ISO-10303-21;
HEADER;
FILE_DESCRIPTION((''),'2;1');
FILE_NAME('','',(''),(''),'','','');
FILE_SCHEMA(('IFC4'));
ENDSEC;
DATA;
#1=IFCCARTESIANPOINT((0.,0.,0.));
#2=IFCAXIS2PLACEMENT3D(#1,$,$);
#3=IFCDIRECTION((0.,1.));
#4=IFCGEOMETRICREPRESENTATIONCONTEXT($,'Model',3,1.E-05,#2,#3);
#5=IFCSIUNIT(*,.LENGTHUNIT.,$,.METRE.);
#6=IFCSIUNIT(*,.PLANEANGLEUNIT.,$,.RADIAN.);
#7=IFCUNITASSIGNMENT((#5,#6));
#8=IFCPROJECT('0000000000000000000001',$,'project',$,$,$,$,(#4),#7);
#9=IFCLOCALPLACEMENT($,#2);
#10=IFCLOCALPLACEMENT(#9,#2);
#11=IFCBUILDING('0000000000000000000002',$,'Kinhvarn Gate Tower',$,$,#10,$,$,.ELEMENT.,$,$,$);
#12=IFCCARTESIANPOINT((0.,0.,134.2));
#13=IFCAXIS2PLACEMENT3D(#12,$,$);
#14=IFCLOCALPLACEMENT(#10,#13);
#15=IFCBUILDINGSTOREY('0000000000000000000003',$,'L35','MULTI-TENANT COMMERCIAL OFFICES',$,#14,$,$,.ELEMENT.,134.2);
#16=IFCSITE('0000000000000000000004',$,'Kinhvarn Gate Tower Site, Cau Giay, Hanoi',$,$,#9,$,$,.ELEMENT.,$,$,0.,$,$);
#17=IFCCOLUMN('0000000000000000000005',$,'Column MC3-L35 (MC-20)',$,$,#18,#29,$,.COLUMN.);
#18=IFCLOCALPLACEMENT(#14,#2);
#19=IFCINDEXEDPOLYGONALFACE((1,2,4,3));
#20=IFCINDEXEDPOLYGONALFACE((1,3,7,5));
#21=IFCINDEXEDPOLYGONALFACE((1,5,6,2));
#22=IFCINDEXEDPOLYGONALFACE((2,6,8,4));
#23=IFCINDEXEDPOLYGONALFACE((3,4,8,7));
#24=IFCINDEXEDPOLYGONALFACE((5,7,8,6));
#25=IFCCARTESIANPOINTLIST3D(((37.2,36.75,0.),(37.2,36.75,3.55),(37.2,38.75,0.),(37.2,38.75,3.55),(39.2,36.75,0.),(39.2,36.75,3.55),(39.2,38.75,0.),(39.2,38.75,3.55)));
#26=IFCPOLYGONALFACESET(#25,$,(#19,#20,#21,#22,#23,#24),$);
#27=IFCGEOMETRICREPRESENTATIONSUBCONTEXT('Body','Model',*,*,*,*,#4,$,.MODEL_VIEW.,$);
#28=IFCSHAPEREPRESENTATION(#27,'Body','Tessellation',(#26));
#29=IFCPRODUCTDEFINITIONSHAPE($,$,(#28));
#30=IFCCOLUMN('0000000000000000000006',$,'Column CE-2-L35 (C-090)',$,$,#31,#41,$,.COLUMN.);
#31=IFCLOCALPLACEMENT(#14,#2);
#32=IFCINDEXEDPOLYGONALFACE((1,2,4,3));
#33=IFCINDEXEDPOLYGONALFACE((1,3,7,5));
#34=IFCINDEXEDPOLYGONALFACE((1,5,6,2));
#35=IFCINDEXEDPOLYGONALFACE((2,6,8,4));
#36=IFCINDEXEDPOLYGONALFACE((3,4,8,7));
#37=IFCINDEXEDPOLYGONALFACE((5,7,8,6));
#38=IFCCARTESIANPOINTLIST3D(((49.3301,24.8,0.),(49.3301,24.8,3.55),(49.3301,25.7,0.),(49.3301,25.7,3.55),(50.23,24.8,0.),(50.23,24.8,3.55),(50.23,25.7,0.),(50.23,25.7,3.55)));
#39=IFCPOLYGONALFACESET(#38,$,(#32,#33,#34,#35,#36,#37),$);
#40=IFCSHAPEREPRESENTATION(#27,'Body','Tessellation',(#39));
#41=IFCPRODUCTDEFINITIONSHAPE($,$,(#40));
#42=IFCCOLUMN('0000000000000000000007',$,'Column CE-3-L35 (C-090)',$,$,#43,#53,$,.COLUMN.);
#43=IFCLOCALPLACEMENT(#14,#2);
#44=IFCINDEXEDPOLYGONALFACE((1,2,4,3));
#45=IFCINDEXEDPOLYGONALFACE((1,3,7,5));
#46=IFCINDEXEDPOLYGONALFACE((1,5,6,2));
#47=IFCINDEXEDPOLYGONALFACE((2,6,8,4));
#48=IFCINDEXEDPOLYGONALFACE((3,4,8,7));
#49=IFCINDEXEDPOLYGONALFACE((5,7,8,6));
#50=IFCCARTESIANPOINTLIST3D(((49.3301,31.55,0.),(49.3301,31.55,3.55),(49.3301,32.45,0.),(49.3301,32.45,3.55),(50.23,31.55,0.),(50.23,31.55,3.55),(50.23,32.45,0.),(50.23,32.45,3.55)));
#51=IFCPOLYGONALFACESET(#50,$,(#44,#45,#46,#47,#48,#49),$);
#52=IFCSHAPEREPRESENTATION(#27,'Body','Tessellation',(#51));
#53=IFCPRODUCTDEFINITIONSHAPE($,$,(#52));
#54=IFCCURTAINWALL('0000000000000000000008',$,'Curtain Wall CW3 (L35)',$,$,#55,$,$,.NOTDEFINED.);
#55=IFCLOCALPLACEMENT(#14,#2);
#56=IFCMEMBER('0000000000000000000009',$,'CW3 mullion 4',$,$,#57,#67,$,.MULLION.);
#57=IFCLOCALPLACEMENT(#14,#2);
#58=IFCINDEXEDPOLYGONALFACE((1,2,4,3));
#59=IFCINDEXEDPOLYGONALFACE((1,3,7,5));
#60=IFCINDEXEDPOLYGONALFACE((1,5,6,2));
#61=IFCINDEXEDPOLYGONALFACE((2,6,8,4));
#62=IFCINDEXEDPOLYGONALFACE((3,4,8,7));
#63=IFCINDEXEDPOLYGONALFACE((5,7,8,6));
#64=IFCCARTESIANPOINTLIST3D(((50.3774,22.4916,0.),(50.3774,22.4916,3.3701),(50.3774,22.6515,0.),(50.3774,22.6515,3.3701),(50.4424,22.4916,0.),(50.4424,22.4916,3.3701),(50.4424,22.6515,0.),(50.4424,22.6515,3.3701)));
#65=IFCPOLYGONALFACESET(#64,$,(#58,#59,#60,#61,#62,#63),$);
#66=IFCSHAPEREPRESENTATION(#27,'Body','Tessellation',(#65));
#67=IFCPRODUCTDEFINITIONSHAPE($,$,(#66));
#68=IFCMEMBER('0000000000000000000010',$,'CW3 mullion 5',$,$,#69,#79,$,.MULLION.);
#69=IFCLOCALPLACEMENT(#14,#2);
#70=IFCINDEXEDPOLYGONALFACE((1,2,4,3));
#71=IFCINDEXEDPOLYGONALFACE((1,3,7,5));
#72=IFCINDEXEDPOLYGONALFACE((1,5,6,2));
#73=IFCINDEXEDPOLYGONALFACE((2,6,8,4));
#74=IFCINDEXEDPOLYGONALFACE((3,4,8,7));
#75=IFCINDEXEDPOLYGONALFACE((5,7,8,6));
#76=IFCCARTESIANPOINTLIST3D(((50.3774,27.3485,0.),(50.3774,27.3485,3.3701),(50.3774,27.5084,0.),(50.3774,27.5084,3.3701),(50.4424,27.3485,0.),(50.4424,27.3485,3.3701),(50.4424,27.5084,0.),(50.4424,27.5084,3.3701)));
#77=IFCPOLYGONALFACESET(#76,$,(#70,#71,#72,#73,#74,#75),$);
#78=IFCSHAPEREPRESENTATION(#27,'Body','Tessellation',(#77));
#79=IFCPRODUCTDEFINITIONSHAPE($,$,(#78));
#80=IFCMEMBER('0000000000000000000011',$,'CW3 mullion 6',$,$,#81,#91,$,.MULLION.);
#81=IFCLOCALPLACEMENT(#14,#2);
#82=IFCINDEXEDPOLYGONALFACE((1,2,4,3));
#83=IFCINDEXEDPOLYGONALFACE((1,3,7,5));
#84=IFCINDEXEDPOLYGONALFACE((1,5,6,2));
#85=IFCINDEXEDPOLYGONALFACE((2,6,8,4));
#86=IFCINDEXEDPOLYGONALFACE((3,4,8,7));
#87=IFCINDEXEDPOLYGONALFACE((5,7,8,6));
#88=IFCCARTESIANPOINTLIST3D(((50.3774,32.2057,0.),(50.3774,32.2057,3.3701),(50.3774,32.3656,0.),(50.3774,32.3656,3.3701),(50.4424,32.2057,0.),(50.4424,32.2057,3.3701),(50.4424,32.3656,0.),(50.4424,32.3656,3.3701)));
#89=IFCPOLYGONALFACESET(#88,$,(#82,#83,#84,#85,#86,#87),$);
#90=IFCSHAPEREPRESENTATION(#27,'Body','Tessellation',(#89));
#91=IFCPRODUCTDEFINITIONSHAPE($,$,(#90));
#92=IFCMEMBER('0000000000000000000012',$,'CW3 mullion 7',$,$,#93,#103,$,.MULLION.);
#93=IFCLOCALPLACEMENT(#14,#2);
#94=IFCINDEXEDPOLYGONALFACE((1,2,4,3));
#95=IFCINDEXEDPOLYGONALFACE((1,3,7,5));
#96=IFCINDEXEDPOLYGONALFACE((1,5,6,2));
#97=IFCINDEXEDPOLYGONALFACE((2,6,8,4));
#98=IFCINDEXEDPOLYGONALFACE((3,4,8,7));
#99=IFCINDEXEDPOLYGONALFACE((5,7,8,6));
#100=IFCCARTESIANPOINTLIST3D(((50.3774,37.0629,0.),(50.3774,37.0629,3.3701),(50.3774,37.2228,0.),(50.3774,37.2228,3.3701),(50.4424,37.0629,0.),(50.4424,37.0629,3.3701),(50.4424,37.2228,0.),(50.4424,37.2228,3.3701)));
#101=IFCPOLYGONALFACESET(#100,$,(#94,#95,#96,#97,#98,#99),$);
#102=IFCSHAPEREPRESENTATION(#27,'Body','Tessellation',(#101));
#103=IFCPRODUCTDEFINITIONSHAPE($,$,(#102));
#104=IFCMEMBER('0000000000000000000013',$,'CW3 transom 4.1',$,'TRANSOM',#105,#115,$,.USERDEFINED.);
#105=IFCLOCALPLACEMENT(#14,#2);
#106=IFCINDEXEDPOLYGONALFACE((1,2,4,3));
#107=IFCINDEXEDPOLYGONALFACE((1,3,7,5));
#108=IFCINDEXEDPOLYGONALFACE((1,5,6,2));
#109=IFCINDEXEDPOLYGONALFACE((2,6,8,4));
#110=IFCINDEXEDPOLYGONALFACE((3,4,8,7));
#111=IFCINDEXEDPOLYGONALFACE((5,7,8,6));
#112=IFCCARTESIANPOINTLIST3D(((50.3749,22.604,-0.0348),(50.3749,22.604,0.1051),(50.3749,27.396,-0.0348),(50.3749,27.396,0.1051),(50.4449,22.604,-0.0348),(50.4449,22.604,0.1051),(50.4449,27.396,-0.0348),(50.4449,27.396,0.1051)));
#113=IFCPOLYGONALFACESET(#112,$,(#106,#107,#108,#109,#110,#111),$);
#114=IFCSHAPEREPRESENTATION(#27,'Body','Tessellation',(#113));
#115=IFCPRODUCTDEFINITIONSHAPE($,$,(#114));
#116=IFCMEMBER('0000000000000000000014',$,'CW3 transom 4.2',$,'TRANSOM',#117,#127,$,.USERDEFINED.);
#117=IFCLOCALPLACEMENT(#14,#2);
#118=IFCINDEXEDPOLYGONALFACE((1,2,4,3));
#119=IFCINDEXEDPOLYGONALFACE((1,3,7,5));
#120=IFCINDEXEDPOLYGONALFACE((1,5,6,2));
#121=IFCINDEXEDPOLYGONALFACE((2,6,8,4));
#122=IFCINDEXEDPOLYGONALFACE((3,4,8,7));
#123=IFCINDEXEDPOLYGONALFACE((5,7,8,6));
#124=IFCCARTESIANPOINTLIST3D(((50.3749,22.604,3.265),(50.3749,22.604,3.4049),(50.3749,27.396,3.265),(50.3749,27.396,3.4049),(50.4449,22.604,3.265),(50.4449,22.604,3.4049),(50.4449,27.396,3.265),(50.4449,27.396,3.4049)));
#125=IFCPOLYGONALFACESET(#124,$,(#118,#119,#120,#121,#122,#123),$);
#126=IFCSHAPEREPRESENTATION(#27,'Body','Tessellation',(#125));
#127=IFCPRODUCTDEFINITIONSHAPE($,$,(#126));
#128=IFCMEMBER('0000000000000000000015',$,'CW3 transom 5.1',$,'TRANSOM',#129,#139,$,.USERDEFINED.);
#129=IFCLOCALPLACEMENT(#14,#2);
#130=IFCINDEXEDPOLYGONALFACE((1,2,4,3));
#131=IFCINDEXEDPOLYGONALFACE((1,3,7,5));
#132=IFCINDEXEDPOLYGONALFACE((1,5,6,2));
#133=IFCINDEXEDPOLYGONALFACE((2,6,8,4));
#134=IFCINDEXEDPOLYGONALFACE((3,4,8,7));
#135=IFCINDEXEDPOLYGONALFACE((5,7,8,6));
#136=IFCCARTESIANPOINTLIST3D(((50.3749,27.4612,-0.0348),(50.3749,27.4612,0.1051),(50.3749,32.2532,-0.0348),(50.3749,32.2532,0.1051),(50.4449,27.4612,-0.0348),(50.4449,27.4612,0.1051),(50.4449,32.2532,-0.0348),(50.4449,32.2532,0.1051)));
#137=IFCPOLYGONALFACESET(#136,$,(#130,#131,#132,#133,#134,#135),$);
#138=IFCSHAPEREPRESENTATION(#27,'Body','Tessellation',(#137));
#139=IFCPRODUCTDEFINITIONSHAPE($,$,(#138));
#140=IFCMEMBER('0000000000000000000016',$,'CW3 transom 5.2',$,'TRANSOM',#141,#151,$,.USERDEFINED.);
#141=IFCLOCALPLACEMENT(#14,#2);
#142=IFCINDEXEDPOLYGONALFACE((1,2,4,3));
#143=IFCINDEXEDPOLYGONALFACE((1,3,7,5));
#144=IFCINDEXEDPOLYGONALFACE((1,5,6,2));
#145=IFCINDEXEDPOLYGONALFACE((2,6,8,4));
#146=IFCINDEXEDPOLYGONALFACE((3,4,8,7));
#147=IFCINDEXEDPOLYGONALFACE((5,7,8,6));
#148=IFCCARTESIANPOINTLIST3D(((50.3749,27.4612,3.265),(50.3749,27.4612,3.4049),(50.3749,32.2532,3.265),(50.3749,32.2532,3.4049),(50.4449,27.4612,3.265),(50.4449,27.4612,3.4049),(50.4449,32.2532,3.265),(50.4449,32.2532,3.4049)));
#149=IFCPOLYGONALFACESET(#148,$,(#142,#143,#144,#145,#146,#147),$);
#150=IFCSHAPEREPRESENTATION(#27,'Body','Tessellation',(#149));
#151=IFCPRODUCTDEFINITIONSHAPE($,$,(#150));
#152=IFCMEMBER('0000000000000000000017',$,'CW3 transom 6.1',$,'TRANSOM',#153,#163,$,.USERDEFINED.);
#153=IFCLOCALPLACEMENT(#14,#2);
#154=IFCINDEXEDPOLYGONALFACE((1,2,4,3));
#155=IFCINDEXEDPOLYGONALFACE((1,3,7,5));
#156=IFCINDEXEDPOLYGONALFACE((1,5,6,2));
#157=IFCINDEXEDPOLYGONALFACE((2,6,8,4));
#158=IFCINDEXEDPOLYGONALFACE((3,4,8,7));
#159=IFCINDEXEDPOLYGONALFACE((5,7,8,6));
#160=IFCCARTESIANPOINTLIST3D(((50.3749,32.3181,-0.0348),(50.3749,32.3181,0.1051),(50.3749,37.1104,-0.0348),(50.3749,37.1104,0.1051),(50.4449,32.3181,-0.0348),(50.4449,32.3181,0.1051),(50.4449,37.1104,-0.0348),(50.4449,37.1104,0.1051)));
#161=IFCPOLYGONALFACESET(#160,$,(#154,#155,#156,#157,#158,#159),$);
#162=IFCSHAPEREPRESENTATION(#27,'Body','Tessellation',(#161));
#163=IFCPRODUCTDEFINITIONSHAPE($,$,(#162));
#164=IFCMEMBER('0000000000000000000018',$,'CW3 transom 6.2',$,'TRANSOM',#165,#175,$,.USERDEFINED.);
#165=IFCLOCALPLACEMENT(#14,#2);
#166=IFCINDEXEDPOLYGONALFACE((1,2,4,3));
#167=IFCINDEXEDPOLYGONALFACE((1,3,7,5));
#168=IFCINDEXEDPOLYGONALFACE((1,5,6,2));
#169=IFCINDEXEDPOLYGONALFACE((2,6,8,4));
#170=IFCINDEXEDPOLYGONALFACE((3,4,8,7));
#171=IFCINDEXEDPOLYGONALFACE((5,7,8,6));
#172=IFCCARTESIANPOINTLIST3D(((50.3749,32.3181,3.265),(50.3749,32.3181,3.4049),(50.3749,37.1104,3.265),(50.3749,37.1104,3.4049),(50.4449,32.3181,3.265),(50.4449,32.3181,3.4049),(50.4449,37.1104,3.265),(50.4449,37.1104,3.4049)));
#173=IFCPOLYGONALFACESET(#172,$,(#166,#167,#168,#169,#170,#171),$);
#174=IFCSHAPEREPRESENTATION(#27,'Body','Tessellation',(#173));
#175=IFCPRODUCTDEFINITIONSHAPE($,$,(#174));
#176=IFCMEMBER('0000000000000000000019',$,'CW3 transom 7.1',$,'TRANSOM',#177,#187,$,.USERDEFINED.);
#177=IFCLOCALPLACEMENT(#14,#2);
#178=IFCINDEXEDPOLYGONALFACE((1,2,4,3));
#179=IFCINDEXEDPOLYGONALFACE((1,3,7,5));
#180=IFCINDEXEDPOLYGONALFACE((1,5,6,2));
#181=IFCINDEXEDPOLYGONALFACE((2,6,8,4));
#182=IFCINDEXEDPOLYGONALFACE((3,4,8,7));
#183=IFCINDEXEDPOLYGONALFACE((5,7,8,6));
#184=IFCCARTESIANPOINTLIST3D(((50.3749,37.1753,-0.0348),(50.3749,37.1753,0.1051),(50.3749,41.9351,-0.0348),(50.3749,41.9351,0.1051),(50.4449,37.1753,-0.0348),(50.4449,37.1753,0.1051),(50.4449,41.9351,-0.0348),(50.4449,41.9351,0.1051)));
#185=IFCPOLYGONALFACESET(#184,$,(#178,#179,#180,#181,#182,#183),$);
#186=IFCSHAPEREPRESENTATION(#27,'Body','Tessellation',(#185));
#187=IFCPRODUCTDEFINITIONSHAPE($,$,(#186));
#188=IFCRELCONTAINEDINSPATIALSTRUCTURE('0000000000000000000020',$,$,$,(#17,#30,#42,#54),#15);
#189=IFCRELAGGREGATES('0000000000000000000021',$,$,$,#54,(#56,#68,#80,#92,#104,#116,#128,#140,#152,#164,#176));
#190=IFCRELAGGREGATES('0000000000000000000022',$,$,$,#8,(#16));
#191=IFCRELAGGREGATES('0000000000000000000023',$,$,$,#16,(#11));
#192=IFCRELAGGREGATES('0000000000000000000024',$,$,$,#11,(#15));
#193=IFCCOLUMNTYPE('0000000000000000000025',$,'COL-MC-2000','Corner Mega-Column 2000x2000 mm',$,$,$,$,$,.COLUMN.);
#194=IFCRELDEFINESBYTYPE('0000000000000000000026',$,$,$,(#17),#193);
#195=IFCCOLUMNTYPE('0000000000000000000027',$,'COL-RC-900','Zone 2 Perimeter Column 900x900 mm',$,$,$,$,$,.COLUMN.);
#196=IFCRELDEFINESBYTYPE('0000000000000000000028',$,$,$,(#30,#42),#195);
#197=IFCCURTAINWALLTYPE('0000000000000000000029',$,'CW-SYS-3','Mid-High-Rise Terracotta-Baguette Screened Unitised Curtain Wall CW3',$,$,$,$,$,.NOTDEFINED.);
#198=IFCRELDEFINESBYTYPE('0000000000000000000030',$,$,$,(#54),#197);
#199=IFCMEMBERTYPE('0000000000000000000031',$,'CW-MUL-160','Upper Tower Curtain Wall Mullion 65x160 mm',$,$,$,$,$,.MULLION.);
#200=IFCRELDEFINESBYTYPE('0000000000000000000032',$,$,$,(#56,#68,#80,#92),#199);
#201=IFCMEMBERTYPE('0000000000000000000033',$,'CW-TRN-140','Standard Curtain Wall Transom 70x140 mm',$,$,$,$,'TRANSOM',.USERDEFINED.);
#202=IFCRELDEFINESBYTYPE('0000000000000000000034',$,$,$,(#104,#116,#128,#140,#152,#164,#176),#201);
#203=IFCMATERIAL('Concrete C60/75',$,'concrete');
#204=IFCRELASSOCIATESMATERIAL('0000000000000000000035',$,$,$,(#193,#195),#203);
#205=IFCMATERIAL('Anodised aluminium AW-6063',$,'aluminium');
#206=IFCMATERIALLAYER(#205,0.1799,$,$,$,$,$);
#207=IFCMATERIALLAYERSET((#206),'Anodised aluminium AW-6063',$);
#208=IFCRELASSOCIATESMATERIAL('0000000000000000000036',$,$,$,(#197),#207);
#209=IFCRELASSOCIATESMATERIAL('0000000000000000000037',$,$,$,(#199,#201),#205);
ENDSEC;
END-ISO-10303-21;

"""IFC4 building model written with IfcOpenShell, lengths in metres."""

from ifc_helpers import new_model, si_unit, direction, frame, origin, origin_2d, place, context, subcontext, project, spatial, rectangle, extrude, material, layer, layer_set, material_profile, profile_set, type_object, element, aggregate, save


model = new_model("IFC4")

# Units and contexts
model_context = context("Model", 3, precision=1e-05, world=origin(), true_north=direction((0.0, 1.0)))
body_context = subcontext(model_context, "Body", "Model", "MODEL_VIEW")
ifc_project = project(units=[si_unit("LENGTHUNIT", "METRE"), si_unit("PLANEANGLEUNIT", "RADIAN")], contexts=[model_context])

# Site, building, storey
site_placement = place(None, origin())
site = spatial("IfcSite", under=ifc_project, at=site_placement, Name="Kinhvarn Gate Tower Site, Cau Giay, Hanoi", CompositionType="ELEMENT", RefElevation=0.0)
building_placement = place(site_placement, origin())
building = spatial("IfcBuilding", under=site, at=building_placement, Name="Kinhvarn Gate Tower", CompositionType="ELEMENT")
storey_placement = place(building_placement, frame((0.0, 0.0, 134.2)))
storey = spatial("IfcBuildingStorey", under=building, at=storey_placement, Name="L35", Description="MULTI-TENANT COMMERCIAL OFFICES", CompositionType="ELEMENT", Elevation=134.2)

# Columns
ifc_material_1 = material(Name="Concrete C60/75", Category="concrete")
ifc_material_profile_1 = material_profile(ifc_material_1, rectangle(XDim=2.0, YDim=2.0, at=origin_2d()), Name="RC 2000x2000")
ifc_profile_set_1 = profile_set([ifc_material_profile_1], Name="Concrete C60/75")
column_type_1 = type_object("IfcColumnType", Name="COL-MC-2000", Description="Corner Mega-Column 2000x2000 mm", PredefinedType="COLUMN", material=ifc_profile_set_1)
column_placement = place(storey_placement, frame((38.2, 37.75, 0.0), z_axis=(0.0, 0.0, 1.0), x_axis=(1.0, 0.0, 0.0)))
element("IfcColumn", 1, at=column_placement, inside=storey, type_object=column_type_1, Name="Column MC3-L35 (MC-20)", PredefinedType="COLUMN", context=body_context, shape_type="SweptSolid", body=[
    extrude(rectangle(XDim=2.0, YDim=2.0, at=origin_2d()), origin(), (0.0, 0.0, 1.0), 3.55),
])
ifc_material_profile_2 = material_profile(ifc_material_1, rectangle(XDim=0.8999, YDim=0.8999, at=origin_2d()), Name="RC 900x900")
ifc_profile_set_2 = profile_set([ifc_material_profile_2], Name="Concrete C60/75")
column_type_2 = type_object("IfcColumnType", Name="COL-RC-900", Description="Zone 2 Perimeter Column 900x900 mm", PredefinedType="COLUMN", material=ifc_profile_set_2)
for number, where, z_axis, x_axis, name in (
    (2, (49.78, 25.25, 0.0), (0.0, 0.0, 1.0), (1.0, 0.0, 0.0), "Column CE-2-L35 (C-090)"),
    (3, (49.78, 32.0, 0.0), (0.0, 0.0, 1.0), (1.0, 0.0, 0.0), "Column CE-3-L35 (C-090)"),
):
    element("IfcColumn", number, at=place(storey_placement, frame(where, z_axis=z_axis, x_axis=x_axis)), inside=storey, type_object=column_type_2, Name=name, PredefinedType="COLUMN", context=body_context, shape_type="SweptSolid", body=[
        extrude(rectangle(XDim=0.8999, YDim=0.8999, at=origin_2d()), origin(), (0.0, 0.0, 1.0), 3.55),
    ])

# Curtain wall, members
ifc_material_2 = material(Name="Anodised aluminium AW-6063", Category="aluminium")
ifc_layer_1 = layer(ifc_material_2, 0.1799)
ifc_layer_set_1 = layer_set([ifc_layer_1], Name="Anodised aluminium AW-6063")
curtain_wall_type = type_object("IfcCurtainWallType", Name="CW-SYS-3", Description="Mid-High-Rise Terracotta-Baguette Screened Unitised Curtain Wall CW3", PredefinedType="NOTDEFINED", material=ifc_layer_set_1)
curtain_wall_placement = place(storey_placement, origin())
curtain_wall = element("IfcCurtainWall", 4, at=curtain_wall_placement, inside=storey, type_object=curtain_wall_type, Name="Curtain Wall CW3 (L35)", PredefinedType="NOTDEFINED")
ifc_material_profile_3 = material_profile(ifc_material_2, rectangle(XDim=0.0649, YDim=0.1599, at=origin_2d()), Name="ALU 65x160")
ifc_profile_set_3 = profile_set([ifc_material_profile_3], Name="Anodised aluminium AW-6063")
member_type_1 = type_object("IfcMemberType", Name="CW-MUL-160", Description="Upper Tower Curtain Wall Mullion 65x160 mm", PredefinedType="MULLION", material=ifc_profile_set_3)
member_1_placement = place(storey_placement, frame((50.4099, 22.5715, 0.0), z_axis=(0.0, 0.0, 1.0), x_axis=(-1.0, 0.0, 0.0)))
member_1 = element("IfcMember", 5, at=member_1_placement, type_object=member_type_1, Name="CW3 mullion 4", PredefinedType="MULLION", context=body_context, shape_type="SweptSolid", body=[
    extrude(rectangle(XDim=0.0649, YDim=0.1599, at=origin_2d()), origin(), (0.0, 0.0, 1.0), 3.3701),
])
member_2_placement = place(storey_placement, frame((50.4099, 27.4285, 0.0), z_axis=(0.0, 0.0, 1.0), x_axis=(-1.0, 0.0, 0.0)))
member_2 = element("IfcMember", 6, at=member_2_placement, type_object=member_type_1, Name="CW3 mullion 5", PredefinedType="MULLION", context=body_context, shape_type="SweptSolid", body=[
    extrude(rectangle(XDim=0.0649, YDim=0.1599, at=origin_2d()), origin(), (0.0, 0.0, 1.0), 3.3701),
])
member_3_placement = place(storey_placement, frame((50.4099, 32.2856, 0.0), z_axis=(0.0, 0.0, 1.0), x_axis=(-1.0, 0.0, 0.0)))
member_3 = element("IfcMember", 7, at=member_3_placement, type_object=member_type_1, Name="CW3 mullion 6", PredefinedType="MULLION", context=body_context, shape_type="SweptSolid", body=[
    extrude(rectangle(XDim=0.0649, YDim=0.1599, at=origin_2d()), origin(), (0.0, 0.0, 1.0), 3.3701),
])
member_4_placement = place(storey_placement, frame((50.4099, 37.1428, 0.0), z_axis=(0.0, 0.0, 1.0), x_axis=(-1.0, 0.0, 0.0)))
member_4 = element("IfcMember", 8, at=member_4_placement, type_object=member_type_1, Name="CW3 mullion 7", PredefinedType="MULLION", context=body_context, shape_type="SweptSolid", body=[
    extrude(rectangle(XDim=0.0649, YDim=0.1599, at=origin_2d()), origin(), (0.0, 0.0, 1.0), 3.3701),
])
ifc_material_profile_4 = material_profile(ifc_material_2, rectangle(XDim=0.0701, YDim=0.1399, at=origin_2d()), Name="ALU 70x140")
ifc_profile_set_4 = profile_set([ifc_material_profile_4], Name="Anodised aluminium AW-6063")
member_type_2 = type_object("IfcMemberType", Name="CW-TRN-140", Description="Standard Curtain Wall Transom 70x140 mm", ElementType="TRANSOM", PredefinedType="USERDEFINED", material=ifc_profile_set_4)
member_5_placement = place(storey_placement, frame((50.4099, 22.604, 0.0352), z_axis=(0.0, 1.0, 0.0), x_axis=(-1.0, 0.0, 0.0)))
member_5 = element("IfcMember", 9, at=member_5_placement, type_object=member_type_2, Name="CW3 transom 4.1", ObjectType="TRANSOM", PredefinedType="USERDEFINED", context=body_context, shape_type="SweptSolid", body=[
    extrude(rectangle(XDim=0.0701, YDim=0.1399, at=origin_2d()), origin(), (0.0, 0.0, 1.0), 4.792),
])
member_6_placement = place(storey_placement, frame((50.4099, 22.604, 3.335), z_axis=(0.0, 1.0, 0.0), x_axis=(-1.0, 0.0, 0.0)))
member_6 = element("IfcMember", 10, at=member_6_placement, type_object=member_type_2, Name="CW3 transom 4.2", ObjectType="TRANSOM", PredefinedType="USERDEFINED", context=body_context, shape_type="SweptSolid", body=[
    extrude(rectangle(XDim=0.0701, YDim=0.1399, at=origin_2d()), origin(), (0.0, 0.0, 1.0), 4.792),
])
member_7_placement = place(storey_placement, frame((50.4099, 27.4612, 0.0352), z_axis=(0.0, 1.0, 0.0), x_axis=(-1.0, 0.0, 0.0)))
member_7 = element("IfcMember", 11, at=member_7_placement, type_object=member_type_2, Name="CW3 transom 5.1", ObjectType="TRANSOM", PredefinedType="USERDEFINED", context=body_context, shape_type="SweptSolid", body=[
    extrude(rectangle(XDim=0.0701, YDim=0.1399, at=origin_2d()), origin(), (0.0, 0.0, 1.0), 4.792),
])
member_8_placement = place(storey_placement, frame((50.4099, 27.4612, 3.335), z_axis=(0.0, 1.0, 0.0), x_axis=(-1.0, 0.0, 0.0)))
member_8 = element("IfcMember", 12, at=member_8_placement, type_object=member_type_2, Name="CW3 transom 5.2", ObjectType="TRANSOM", PredefinedType="USERDEFINED", context=body_context, shape_type="SweptSolid", body=[
    extrude(rectangle(XDim=0.0701, YDim=0.1399, at=origin_2d()), origin(), (0.0, 0.0, 1.0), 4.792),
])
member_9_placement = place(storey_placement, frame((50.4099, 32.3181, 0.0352), z_axis=(0.0, 1.0, 0.0), x_axis=(-1.0, 0.0, 0.0)))
member_9 = element("IfcMember", 13, at=member_9_placement, type_object=member_type_2, Name="CW3 transom 6.1", ObjectType="TRANSOM", PredefinedType="USERDEFINED", context=body_context, shape_type="SweptSolid", body=[
    extrude(rectangle(XDim=0.0701, YDim=0.1399, at=origin_2d()), origin(), (0.0, 0.0, 1.0), 4.7922),
])
member_10_placement = place(storey_placement, frame((50.4099, 32.3181, 3.335), z_axis=(0.0, 1.0, 0.0), x_axis=(-1.0, 0.0, 0.0)))
member_10 = element("IfcMember", 14, at=member_10_placement, type_object=member_type_2, Name="CW3 transom 6.2", ObjectType="TRANSOM", PredefinedType="USERDEFINED", context=body_context, shape_type="SweptSolid", body=[
    extrude(rectangle(XDim=0.0701, YDim=0.1399, at=origin_2d()), origin(), (0.0, 0.0, 1.0), 4.7922),
])
member_11_placement = place(storey_placement, frame((50.4099, 37.1753, 0.0352), z_axis=(0.0, 1.0, 0.0), x_axis=(-1.0, 0.0, 0.0)))
member_11 = element("IfcMember", 15, at=member_11_placement, type_object=member_type_2, Name="CW3 transom 7.1", ObjectType="TRANSOM", PredefinedType="USERDEFINED", context=body_context, shape_type="SweptSolid", body=[
    extrude(rectangle(XDim=0.0701, YDim=0.1399, at=origin_2d()), origin(), (0.0, 0.0, 1.0), 4.7598),
])

aggregate(curtain_wall, [member_1, member_2, member_3, member_4, member_5, member_6, member_7, member_8, member_9, member_10, member_11])

save(model, "model.ifc")
